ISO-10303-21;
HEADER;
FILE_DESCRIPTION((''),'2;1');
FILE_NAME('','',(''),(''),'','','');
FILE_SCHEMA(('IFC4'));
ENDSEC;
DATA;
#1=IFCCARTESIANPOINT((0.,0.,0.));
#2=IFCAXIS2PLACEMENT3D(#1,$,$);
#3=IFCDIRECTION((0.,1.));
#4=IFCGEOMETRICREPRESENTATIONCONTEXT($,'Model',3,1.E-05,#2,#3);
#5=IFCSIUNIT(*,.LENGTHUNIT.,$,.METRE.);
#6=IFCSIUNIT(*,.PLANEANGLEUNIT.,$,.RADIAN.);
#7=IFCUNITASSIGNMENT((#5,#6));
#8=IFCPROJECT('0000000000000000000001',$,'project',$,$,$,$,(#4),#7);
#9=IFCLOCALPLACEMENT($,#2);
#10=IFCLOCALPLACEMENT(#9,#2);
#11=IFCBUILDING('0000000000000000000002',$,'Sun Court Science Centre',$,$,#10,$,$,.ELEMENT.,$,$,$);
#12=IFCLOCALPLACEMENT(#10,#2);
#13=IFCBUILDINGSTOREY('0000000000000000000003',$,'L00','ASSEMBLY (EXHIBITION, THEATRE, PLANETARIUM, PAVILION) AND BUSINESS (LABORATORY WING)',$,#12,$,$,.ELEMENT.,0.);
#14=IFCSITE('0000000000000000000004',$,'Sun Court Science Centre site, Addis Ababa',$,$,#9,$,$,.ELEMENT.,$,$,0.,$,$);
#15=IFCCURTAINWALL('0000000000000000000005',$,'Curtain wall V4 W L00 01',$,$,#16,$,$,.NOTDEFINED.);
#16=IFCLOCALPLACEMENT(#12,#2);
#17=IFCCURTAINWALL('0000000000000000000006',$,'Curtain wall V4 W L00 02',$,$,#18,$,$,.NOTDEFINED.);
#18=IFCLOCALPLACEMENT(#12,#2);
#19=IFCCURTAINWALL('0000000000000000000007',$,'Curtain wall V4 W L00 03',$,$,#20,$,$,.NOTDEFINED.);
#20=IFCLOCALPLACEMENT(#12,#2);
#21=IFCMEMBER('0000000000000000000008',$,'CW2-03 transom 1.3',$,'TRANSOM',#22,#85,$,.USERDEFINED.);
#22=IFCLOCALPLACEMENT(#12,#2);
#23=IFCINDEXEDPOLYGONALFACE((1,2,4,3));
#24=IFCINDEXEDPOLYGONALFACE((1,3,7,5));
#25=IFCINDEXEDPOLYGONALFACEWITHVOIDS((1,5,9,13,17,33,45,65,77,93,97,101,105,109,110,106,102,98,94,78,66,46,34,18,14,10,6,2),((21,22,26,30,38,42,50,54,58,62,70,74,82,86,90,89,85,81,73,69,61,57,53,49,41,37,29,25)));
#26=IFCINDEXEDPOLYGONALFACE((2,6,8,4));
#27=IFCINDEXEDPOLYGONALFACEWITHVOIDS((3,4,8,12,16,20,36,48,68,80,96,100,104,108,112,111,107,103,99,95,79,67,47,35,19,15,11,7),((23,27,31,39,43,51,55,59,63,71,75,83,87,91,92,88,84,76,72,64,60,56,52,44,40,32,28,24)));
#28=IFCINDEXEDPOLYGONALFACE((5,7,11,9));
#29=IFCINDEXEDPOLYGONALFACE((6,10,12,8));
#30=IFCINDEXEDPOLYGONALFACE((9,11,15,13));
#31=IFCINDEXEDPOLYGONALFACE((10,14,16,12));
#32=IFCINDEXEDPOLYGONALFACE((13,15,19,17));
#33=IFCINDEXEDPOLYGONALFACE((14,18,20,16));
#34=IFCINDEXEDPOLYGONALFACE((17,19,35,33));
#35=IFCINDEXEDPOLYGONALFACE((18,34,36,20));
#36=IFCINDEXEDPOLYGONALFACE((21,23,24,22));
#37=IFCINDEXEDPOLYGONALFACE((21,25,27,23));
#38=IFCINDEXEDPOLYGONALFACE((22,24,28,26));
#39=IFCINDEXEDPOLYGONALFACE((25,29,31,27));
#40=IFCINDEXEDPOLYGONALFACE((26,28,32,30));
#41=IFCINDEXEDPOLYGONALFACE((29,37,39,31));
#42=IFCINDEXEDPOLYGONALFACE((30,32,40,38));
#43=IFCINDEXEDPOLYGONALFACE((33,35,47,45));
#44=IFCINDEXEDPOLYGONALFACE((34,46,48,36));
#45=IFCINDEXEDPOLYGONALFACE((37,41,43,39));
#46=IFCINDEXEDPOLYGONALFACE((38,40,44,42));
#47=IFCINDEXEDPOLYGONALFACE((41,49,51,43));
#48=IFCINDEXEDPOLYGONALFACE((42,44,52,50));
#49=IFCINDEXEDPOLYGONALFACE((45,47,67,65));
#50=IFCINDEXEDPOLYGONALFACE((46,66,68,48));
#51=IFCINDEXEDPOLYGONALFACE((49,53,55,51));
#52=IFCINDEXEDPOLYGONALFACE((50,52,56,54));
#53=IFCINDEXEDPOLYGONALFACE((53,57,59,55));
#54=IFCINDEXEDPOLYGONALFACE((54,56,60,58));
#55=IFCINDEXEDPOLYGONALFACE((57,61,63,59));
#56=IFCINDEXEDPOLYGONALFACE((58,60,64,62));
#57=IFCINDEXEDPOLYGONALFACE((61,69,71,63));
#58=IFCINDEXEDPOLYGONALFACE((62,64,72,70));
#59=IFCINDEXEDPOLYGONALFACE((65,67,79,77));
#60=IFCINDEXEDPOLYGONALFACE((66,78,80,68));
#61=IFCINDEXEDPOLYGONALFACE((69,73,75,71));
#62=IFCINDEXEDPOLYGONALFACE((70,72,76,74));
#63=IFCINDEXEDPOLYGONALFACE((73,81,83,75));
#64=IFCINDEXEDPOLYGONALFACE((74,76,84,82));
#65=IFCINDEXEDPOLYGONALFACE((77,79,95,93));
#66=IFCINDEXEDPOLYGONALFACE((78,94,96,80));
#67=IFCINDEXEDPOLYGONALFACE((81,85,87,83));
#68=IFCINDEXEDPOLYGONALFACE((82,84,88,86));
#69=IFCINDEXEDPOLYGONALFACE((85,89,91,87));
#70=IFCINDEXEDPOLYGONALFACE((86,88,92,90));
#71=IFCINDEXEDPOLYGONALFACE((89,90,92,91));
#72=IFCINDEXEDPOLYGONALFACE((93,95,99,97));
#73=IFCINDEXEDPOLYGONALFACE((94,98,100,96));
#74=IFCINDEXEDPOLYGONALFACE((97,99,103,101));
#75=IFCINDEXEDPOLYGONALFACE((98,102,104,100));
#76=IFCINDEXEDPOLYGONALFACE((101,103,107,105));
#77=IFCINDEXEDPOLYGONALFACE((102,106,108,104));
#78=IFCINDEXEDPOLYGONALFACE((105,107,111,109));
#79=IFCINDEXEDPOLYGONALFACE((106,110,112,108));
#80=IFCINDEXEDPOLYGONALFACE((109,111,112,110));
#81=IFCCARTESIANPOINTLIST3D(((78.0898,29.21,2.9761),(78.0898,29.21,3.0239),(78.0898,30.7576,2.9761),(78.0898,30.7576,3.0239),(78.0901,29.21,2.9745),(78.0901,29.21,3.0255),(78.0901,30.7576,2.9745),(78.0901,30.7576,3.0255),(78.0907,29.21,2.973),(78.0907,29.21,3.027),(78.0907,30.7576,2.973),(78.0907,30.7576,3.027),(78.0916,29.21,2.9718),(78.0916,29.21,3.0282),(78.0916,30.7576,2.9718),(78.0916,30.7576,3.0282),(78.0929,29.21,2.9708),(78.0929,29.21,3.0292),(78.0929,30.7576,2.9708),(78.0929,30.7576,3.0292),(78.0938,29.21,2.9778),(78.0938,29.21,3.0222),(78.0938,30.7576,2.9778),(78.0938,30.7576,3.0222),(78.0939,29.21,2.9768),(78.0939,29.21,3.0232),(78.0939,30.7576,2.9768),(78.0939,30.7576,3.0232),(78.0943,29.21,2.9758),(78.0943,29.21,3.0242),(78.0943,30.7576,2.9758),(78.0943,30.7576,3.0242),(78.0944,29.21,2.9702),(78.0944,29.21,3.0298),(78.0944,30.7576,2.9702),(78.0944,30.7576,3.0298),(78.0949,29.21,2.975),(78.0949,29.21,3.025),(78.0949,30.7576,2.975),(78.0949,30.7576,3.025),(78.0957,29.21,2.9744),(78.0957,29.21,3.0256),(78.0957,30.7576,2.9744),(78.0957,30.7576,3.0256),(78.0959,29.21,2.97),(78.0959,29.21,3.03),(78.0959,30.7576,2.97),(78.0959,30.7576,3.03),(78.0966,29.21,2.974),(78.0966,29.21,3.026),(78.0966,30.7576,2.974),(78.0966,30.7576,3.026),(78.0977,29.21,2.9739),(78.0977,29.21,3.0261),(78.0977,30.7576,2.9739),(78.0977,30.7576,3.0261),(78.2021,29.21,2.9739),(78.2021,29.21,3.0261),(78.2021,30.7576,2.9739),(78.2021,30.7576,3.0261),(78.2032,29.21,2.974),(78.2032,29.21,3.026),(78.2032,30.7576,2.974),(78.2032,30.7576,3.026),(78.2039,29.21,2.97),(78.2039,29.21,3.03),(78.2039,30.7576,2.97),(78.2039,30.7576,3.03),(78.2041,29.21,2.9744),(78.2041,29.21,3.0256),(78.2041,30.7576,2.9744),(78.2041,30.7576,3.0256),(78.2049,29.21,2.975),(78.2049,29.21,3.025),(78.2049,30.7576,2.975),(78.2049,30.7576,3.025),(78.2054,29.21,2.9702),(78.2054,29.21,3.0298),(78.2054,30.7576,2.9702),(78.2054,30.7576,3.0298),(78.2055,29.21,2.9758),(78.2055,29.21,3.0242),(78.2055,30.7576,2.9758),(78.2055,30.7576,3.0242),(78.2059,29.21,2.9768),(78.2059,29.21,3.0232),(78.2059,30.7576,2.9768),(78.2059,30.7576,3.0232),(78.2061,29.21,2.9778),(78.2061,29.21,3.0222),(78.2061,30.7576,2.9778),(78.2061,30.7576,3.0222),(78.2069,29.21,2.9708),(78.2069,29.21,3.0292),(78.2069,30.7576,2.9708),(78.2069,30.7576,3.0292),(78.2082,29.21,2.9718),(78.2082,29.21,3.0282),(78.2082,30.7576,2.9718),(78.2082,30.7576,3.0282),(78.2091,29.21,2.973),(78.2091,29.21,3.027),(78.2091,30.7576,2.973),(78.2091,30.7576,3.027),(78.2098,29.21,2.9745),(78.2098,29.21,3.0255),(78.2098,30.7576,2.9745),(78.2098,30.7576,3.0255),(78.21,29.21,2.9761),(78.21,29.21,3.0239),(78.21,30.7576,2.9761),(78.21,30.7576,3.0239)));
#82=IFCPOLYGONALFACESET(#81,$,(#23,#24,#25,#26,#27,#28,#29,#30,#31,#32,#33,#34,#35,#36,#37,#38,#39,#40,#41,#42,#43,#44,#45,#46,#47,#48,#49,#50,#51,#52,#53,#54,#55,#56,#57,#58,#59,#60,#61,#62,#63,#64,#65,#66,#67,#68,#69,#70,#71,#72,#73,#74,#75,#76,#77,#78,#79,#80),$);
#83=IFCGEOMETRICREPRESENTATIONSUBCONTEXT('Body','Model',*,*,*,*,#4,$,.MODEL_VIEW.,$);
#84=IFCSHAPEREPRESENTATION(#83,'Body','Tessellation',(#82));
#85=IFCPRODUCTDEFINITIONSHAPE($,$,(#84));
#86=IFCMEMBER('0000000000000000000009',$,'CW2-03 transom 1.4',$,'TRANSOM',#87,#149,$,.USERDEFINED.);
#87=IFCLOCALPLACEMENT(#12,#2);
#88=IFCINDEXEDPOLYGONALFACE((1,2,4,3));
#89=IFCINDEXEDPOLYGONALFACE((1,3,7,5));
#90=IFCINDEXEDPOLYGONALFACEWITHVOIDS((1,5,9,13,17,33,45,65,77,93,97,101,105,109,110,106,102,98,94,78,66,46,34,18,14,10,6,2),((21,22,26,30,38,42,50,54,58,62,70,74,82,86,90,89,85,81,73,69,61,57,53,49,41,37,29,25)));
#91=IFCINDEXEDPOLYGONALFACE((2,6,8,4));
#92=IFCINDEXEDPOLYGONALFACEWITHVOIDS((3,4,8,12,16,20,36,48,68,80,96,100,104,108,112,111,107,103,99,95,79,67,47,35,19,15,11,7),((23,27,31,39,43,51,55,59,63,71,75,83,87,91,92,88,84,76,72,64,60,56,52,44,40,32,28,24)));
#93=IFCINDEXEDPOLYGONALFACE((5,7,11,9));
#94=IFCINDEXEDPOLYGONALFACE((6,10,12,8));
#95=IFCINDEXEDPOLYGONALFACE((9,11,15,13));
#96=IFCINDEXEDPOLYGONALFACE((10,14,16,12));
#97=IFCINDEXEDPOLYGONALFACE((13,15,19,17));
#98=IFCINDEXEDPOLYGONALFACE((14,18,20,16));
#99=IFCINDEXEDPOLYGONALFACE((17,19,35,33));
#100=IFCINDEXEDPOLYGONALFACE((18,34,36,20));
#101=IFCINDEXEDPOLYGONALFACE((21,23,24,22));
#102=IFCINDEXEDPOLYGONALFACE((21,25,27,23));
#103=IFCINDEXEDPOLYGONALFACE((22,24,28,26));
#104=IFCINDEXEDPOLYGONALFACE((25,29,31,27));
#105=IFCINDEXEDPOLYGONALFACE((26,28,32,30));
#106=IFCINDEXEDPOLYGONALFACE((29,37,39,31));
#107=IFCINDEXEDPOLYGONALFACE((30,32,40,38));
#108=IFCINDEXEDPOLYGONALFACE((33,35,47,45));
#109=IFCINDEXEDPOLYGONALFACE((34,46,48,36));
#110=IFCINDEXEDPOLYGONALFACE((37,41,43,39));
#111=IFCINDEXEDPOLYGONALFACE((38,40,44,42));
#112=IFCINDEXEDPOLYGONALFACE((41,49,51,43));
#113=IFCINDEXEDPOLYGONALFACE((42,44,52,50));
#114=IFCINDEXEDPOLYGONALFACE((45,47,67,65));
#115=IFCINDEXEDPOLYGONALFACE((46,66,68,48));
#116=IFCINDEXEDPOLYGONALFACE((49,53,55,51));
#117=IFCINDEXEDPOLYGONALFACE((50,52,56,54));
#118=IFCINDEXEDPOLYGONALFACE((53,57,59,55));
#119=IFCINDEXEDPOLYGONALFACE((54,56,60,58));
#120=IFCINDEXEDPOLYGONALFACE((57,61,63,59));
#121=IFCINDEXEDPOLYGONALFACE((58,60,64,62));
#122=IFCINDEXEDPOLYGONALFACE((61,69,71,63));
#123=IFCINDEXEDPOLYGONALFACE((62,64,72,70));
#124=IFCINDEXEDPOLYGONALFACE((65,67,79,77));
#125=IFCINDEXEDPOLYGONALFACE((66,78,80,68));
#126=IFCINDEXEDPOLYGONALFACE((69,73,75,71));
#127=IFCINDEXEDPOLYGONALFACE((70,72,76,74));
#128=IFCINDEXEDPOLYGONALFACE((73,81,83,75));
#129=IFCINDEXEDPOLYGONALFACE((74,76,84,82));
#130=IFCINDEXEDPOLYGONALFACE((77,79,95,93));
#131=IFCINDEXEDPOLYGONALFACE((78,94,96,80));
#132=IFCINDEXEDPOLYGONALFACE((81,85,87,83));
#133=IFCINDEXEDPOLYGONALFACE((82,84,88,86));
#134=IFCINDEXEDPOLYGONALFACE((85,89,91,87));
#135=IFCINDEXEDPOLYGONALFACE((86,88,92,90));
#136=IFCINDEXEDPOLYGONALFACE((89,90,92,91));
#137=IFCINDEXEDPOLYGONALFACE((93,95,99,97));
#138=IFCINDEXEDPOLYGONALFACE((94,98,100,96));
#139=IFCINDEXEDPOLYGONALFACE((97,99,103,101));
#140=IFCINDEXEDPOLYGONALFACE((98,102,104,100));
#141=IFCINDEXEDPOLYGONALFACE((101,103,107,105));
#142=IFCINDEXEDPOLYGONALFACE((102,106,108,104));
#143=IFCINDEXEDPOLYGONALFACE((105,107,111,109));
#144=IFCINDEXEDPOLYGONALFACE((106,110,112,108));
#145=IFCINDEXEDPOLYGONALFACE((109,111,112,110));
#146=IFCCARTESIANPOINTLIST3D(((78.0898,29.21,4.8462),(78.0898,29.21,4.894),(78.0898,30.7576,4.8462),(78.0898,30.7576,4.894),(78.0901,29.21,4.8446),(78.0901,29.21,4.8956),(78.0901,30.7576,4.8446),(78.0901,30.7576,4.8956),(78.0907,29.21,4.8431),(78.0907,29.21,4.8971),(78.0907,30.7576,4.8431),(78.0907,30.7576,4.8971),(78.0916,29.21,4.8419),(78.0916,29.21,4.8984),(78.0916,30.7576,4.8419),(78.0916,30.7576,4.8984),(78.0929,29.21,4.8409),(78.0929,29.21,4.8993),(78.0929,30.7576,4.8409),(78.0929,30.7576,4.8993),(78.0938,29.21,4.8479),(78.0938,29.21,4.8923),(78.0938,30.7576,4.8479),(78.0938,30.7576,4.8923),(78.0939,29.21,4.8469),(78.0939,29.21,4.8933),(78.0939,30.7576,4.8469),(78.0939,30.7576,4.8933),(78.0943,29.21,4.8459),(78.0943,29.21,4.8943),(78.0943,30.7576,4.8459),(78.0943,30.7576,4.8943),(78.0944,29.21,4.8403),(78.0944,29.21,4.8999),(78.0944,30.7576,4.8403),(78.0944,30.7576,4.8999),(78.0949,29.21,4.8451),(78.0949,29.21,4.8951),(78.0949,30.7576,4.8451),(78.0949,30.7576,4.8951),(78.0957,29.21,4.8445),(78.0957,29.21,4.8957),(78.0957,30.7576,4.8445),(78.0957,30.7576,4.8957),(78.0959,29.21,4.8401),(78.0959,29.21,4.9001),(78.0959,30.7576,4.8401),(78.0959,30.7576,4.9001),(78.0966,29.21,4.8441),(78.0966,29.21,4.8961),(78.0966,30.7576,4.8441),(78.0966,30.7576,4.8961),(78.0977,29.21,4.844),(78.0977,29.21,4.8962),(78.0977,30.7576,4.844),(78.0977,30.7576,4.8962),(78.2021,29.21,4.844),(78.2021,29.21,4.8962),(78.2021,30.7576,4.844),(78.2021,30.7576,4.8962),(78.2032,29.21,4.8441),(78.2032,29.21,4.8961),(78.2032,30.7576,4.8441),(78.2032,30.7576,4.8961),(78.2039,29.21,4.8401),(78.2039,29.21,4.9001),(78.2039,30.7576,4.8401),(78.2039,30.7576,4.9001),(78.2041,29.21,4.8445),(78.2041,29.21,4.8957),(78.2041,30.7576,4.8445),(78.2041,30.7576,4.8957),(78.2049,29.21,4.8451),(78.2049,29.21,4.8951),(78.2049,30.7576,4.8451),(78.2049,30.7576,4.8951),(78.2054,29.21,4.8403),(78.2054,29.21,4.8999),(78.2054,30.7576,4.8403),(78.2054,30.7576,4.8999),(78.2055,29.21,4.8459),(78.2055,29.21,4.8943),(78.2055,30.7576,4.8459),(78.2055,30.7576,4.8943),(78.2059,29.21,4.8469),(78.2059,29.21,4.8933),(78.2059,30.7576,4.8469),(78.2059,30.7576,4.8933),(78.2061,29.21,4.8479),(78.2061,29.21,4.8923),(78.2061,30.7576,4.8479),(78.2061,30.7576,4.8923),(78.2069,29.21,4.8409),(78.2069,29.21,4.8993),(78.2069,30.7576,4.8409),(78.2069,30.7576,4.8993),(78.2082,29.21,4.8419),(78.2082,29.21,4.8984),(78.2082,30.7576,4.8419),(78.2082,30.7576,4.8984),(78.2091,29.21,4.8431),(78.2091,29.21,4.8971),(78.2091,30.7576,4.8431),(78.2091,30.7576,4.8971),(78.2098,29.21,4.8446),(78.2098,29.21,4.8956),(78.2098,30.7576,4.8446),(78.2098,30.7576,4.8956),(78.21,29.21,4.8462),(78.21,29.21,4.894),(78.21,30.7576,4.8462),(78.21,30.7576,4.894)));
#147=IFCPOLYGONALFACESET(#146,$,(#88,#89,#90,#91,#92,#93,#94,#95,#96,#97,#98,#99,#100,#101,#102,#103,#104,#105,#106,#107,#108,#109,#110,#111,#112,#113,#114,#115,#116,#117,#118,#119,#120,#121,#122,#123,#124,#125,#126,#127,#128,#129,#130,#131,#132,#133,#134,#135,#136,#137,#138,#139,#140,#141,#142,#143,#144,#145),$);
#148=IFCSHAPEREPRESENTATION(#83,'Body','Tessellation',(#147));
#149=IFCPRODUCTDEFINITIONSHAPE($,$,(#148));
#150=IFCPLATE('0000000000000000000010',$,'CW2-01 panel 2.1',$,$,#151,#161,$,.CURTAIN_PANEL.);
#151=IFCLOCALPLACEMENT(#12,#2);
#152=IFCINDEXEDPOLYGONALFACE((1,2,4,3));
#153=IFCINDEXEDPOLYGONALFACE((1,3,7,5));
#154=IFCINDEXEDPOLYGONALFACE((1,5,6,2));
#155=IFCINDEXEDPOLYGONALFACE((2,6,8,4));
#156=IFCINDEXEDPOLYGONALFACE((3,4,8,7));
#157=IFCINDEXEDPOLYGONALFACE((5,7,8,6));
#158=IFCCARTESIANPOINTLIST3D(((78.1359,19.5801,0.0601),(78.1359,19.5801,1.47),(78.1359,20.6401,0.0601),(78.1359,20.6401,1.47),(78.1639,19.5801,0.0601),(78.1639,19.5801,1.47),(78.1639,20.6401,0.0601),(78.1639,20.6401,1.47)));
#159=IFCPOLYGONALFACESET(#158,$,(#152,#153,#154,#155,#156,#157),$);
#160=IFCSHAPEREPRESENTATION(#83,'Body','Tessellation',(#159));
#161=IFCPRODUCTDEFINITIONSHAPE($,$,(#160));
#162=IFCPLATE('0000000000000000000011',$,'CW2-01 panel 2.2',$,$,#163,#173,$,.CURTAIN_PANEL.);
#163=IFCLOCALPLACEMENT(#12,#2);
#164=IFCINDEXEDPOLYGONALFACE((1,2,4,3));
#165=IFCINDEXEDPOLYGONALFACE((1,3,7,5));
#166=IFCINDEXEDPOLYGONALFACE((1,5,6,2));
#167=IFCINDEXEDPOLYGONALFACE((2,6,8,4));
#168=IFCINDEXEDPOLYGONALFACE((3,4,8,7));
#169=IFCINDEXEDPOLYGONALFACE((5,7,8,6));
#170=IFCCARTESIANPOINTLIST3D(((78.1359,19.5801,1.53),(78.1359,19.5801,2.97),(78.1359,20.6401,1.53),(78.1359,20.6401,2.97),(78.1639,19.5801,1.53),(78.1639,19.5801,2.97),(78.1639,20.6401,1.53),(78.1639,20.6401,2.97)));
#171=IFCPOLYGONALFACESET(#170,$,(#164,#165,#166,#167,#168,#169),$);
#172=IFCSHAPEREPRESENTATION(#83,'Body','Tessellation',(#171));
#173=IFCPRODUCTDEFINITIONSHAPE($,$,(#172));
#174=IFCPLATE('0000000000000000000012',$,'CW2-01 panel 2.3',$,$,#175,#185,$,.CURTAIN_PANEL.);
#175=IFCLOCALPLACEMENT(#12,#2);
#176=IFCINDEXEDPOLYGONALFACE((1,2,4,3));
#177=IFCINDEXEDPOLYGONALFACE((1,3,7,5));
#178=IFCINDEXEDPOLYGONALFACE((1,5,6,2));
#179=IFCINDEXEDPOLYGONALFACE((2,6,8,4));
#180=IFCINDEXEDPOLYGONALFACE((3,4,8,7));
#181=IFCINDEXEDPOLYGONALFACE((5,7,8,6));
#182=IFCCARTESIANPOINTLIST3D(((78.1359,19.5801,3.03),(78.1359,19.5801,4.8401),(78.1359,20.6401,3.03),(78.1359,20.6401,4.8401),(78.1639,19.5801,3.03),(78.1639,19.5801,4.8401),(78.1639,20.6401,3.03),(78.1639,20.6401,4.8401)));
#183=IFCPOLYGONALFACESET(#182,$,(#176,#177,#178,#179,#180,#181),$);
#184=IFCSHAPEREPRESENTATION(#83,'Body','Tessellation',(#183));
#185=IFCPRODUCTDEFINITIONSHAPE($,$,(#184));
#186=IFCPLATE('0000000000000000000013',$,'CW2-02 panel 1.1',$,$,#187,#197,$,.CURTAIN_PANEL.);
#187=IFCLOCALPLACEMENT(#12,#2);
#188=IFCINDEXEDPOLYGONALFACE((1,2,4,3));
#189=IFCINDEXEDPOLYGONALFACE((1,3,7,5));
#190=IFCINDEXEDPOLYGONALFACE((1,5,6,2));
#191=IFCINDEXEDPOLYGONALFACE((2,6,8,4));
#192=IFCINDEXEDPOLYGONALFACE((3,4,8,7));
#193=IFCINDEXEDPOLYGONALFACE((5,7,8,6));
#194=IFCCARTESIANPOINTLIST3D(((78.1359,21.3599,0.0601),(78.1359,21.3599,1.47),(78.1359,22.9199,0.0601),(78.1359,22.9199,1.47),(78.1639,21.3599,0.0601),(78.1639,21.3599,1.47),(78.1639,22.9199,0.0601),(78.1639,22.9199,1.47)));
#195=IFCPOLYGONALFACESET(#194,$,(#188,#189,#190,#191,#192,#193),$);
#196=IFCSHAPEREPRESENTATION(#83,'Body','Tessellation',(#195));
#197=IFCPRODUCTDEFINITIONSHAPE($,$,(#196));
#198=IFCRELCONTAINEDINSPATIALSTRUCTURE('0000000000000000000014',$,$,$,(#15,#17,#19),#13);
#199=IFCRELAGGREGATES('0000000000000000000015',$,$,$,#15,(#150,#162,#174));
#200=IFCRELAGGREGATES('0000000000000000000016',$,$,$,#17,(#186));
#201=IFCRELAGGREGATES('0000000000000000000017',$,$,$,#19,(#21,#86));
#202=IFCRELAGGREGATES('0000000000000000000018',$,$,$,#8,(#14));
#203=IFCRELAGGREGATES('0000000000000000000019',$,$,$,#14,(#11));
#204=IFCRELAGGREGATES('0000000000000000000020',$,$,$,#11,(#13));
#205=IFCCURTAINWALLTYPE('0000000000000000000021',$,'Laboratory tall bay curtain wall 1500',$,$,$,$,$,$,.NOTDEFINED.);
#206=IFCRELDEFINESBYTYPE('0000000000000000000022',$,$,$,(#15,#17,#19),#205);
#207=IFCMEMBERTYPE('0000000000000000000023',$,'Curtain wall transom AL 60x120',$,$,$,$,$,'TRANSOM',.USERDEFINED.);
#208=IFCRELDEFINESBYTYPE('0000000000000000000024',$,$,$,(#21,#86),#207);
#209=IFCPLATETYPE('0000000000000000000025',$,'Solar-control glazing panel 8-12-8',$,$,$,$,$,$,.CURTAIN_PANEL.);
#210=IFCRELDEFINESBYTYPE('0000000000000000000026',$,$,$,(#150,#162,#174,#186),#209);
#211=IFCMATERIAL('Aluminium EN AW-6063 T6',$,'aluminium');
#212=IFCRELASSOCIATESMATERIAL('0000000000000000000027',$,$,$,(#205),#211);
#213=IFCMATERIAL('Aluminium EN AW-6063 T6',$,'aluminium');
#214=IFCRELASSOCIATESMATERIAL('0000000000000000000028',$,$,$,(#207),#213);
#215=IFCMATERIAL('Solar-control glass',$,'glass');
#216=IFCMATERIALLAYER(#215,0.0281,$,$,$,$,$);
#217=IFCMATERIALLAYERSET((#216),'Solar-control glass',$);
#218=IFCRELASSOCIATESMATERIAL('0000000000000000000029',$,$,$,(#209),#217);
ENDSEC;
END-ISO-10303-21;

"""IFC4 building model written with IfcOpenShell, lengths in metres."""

from ifc_helpers import new_model, si_unit, direction, frame, origin, origin_2d, place, context, subcontext, project, spatial, rectangle, hollow_rectangle, extrude, material, layer, layer_set, material_profile, profile_set, type_object, element, aggregate, save


model = new_model("IFC4")

# Units and contexts
model_context = context("Model", 3, precision=1e-05, world=origin(), true_north=direction((0.0, 1.0)))
body_context = subcontext(model_context, "Body", "Model", "MODEL_VIEW")
ifc_project = project(units=[si_unit("LENGTHUNIT", "METRE"), si_unit("PLANEANGLEUNIT", "RADIAN")], contexts=[model_context])

# Site, building, storey
site_placement = place(None, origin())
site = spatial("IfcSite", under=ifc_project, at=site_placement, Name="Sun Court Science Centre site, Addis Ababa", CompositionType="ELEMENT", RefElevation=0.0)
building_placement = place(site_placement, origin())
building = spatial("IfcBuilding", under=site, at=building_placement, Name="Sun Court Science Centre", CompositionType="ELEMENT")
storey_placement = place(building_placement, origin())
storey = spatial("IfcBuildingStorey", under=building, at=storey_placement, Name="L00", Description="ASSEMBLY (EXHIBITION, THEATRE, PLANETARIUM, PAVILION) AND BUSINESS (LABORATORY WING)", CompositionType="ELEMENT", Elevation=0.0)

# Curtain wall
ifc_material_1 = material(Name="Aluminium EN AW-6063 T6", Category="aluminium")
curtain_wall_type = type_object("IfcCurtainWallType", Name="Laboratory tall bay curtain wall 1500", PredefinedType="NOTDEFINED", material=ifc_material_1)
curtain_wall_1_placement = place(storey_placement, origin())
curtain_wall_1 = element("IfcCurtainWall", 1, at=curtain_wall_1_placement, inside=storey, type_object=curtain_wall_type, Name="Curtain wall V4 W L00 01", PredefinedType="NOTDEFINED")

# Curtain walls
curtain_wall_2_placement = place(storey_placement, origin())
curtain_wall_2 = element("IfcCurtainWall", 2, at=curtain_wall_2_placement, inside=storey, type_object=curtain_wall_type, Name="Curtain wall V4 W L00 02", PredefinedType="NOTDEFINED")
curtain_wall_3_placement = place(storey_placement, origin())
curtain_wall_3 = element("IfcCurtainWall", 3, at=curtain_wall_3_placement, inside=storey, type_object=curtain_wall_type, Name="Curtain wall V4 W L00 03", PredefinedType="NOTDEFINED")

# Members
ifc_material_2 = material(Name="Aluminium EN AW-6063 T6", Category="aluminium")
ifc_material_profile_1 = material_profile(ifc_material_2, hollow_rectangle(XDim=0.0601, YDim=0.1201, WallThickness=0.0039, InnerFilletRadius=0.0039, OuterFilletRadius=0.0061, at=origin_2d()), Name="AL 60x120x4")
ifc_profile_set_1 = profile_set([ifc_material_profile_1], Name="Aluminium EN AW-6063 T6")
member_type_1 = type_object("IfcMemberType", Name="Curtain wall transom AL 60x120", ElementType="TRANSOM", PredefinedType="USERDEFINED", material=ifc_profile_set_1)
member_1_placement = place(storey_placement, frame((78.1499, 29.21, 3.0), z_axis=(0.0, 1.0, 0.0), x_axis=(0.0, 0.0, 1.0)))
member_1 = element("IfcMember", 4, at=member_1_placement, type_object=member_type_1, Name="CW2-03 transom 1.3", ObjectType="TRANSOM", PredefinedType="USERDEFINED", context=body_context, shape_type="SweptSolid", body=[
    extrude(hollow_rectangle(XDim=0.0601, YDim=0.1201, WallThickness=0.0039, InnerFilletRadius=0.0039, OuterFilletRadius=0.0061, at=origin_2d()), origin(), (0.0, 0.0, 1.0), 1.5476),
])
member_2_placement = place(storey_placement, frame((78.1499, 29.21, 4.8701), z_axis=(0.0, 1.0, 0.0), x_axis=(0.0, 0.0, 1.0)))
member_2 = element("IfcMember", 5, at=member_2_placement, type_object=member_type_1, Name="CW2-03 transom 1.4", ObjectType="TRANSOM", PredefinedType="USERDEFINED", context=body_context, shape_type="SweptSolid", body=[
    extrude(hollow_rectangle(XDim=0.0601, YDim=0.1201, WallThickness=0.0039, InnerFilletRadius=0.0039, OuterFilletRadius=0.0061, at=origin_2d()), origin(), (0.0, 0.0, 1.0), 1.5476),
])

# Plates
ifc_material_3 = material(Name="Solar-control glass", Category="glass")
ifc_layer_1 = layer(ifc_material_3, 0.0281)
ifc_layer_set_1 = layer_set([ifc_layer_1], Name="Solar-control glass")
plate_type = type_object("IfcPlateType", Name="Solar-control glazing panel 8-12-8", PredefinedType="CURTAIN_PANEL", material=ifc_layer_set_1)
plate_1_placement = place(storey_placement, frame((78.1499, 20.1101, 0.0601), z_axis=(0.0, 0.0, 1.0), x_axis=(0.0, 1.0, 0.0)))
plate_1 = element("IfcPlate", 6, at=plate_1_placement, type_object=plate_type, Name="CW2-01 panel 2.1", PredefinedType="CURTAIN_PANEL", context=body_context, shape_type="SweptSolid", body=[
    extrude(rectangle(XDim=1.0601, YDim=0.0281, at=origin_2d()), origin(), (0.0, 0.0, 1.0), 1.4099),
])
plate_2_placement = place(storey_placement, frame((78.1499, 20.1101, 1.53), z_axis=(0.0, 0.0, 1.0), x_axis=(0.0, 1.0, 0.0)))
plate_2 = element("IfcPlate", 7, at=plate_2_placement, type_object=plate_type, Name="CW2-01 panel 2.2", PredefinedType="CURTAIN_PANEL", context=body_context, shape_type="SweptSolid", body=[
    extrude(rectangle(XDim=1.0601, YDim=0.0281, at=origin_2d()), origin(), (0.0, 0.0, 1.0), 1.4399),
])
plate_3_placement = place(storey_placement, frame((78.1499, 20.1101, 3.03), z_axis=(0.0, 0.0, 1.0), x_axis=(0.0, 1.0, 0.0)))
plate_3 = element("IfcPlate", 8, at=plate_3_placement, type_object=plate_type, Name="CW2-01 panel 2.3", PredefinedType="CURTAIN_PANEL", context=body_context, shape_type="SweptSolid", body=[
    extrude(rectangle(XDim=1.0601, YDim=0.0281, at=origin_2d()), origin(), (0.0, 0.0, 1.0), 1.8101),
])
aggregate(curtain_wall_1, [plate_1, plate_2, plate_3])
plate_4_placement = place(storey_placement, frame((78.1499, 22.1399, 0.0601), z_axis=(0.0, 0.0, 1.0), x_axis=(0.0, 1.0, 0.0)))
plate_4 = element("IfcPlate", 9, at=plate_4_placement, type_object=plate_type, Name="CW2-02 panel 1.1", PredefinedType="CURTAIN_PANEL", context=body_context, shape_type="SweptSolid", body=[
    extrude(rectangle(XDim=1.5601, YDim=0.0281, at=origin_2d()), origin(), (0.0, 0.0, 1.0), 1.4099),
])
aggregate(curtain_wall_2, [plate_4])
aggregate(curtain_wall_3, [member_1, member_2])

save(model, "model.ifc")
